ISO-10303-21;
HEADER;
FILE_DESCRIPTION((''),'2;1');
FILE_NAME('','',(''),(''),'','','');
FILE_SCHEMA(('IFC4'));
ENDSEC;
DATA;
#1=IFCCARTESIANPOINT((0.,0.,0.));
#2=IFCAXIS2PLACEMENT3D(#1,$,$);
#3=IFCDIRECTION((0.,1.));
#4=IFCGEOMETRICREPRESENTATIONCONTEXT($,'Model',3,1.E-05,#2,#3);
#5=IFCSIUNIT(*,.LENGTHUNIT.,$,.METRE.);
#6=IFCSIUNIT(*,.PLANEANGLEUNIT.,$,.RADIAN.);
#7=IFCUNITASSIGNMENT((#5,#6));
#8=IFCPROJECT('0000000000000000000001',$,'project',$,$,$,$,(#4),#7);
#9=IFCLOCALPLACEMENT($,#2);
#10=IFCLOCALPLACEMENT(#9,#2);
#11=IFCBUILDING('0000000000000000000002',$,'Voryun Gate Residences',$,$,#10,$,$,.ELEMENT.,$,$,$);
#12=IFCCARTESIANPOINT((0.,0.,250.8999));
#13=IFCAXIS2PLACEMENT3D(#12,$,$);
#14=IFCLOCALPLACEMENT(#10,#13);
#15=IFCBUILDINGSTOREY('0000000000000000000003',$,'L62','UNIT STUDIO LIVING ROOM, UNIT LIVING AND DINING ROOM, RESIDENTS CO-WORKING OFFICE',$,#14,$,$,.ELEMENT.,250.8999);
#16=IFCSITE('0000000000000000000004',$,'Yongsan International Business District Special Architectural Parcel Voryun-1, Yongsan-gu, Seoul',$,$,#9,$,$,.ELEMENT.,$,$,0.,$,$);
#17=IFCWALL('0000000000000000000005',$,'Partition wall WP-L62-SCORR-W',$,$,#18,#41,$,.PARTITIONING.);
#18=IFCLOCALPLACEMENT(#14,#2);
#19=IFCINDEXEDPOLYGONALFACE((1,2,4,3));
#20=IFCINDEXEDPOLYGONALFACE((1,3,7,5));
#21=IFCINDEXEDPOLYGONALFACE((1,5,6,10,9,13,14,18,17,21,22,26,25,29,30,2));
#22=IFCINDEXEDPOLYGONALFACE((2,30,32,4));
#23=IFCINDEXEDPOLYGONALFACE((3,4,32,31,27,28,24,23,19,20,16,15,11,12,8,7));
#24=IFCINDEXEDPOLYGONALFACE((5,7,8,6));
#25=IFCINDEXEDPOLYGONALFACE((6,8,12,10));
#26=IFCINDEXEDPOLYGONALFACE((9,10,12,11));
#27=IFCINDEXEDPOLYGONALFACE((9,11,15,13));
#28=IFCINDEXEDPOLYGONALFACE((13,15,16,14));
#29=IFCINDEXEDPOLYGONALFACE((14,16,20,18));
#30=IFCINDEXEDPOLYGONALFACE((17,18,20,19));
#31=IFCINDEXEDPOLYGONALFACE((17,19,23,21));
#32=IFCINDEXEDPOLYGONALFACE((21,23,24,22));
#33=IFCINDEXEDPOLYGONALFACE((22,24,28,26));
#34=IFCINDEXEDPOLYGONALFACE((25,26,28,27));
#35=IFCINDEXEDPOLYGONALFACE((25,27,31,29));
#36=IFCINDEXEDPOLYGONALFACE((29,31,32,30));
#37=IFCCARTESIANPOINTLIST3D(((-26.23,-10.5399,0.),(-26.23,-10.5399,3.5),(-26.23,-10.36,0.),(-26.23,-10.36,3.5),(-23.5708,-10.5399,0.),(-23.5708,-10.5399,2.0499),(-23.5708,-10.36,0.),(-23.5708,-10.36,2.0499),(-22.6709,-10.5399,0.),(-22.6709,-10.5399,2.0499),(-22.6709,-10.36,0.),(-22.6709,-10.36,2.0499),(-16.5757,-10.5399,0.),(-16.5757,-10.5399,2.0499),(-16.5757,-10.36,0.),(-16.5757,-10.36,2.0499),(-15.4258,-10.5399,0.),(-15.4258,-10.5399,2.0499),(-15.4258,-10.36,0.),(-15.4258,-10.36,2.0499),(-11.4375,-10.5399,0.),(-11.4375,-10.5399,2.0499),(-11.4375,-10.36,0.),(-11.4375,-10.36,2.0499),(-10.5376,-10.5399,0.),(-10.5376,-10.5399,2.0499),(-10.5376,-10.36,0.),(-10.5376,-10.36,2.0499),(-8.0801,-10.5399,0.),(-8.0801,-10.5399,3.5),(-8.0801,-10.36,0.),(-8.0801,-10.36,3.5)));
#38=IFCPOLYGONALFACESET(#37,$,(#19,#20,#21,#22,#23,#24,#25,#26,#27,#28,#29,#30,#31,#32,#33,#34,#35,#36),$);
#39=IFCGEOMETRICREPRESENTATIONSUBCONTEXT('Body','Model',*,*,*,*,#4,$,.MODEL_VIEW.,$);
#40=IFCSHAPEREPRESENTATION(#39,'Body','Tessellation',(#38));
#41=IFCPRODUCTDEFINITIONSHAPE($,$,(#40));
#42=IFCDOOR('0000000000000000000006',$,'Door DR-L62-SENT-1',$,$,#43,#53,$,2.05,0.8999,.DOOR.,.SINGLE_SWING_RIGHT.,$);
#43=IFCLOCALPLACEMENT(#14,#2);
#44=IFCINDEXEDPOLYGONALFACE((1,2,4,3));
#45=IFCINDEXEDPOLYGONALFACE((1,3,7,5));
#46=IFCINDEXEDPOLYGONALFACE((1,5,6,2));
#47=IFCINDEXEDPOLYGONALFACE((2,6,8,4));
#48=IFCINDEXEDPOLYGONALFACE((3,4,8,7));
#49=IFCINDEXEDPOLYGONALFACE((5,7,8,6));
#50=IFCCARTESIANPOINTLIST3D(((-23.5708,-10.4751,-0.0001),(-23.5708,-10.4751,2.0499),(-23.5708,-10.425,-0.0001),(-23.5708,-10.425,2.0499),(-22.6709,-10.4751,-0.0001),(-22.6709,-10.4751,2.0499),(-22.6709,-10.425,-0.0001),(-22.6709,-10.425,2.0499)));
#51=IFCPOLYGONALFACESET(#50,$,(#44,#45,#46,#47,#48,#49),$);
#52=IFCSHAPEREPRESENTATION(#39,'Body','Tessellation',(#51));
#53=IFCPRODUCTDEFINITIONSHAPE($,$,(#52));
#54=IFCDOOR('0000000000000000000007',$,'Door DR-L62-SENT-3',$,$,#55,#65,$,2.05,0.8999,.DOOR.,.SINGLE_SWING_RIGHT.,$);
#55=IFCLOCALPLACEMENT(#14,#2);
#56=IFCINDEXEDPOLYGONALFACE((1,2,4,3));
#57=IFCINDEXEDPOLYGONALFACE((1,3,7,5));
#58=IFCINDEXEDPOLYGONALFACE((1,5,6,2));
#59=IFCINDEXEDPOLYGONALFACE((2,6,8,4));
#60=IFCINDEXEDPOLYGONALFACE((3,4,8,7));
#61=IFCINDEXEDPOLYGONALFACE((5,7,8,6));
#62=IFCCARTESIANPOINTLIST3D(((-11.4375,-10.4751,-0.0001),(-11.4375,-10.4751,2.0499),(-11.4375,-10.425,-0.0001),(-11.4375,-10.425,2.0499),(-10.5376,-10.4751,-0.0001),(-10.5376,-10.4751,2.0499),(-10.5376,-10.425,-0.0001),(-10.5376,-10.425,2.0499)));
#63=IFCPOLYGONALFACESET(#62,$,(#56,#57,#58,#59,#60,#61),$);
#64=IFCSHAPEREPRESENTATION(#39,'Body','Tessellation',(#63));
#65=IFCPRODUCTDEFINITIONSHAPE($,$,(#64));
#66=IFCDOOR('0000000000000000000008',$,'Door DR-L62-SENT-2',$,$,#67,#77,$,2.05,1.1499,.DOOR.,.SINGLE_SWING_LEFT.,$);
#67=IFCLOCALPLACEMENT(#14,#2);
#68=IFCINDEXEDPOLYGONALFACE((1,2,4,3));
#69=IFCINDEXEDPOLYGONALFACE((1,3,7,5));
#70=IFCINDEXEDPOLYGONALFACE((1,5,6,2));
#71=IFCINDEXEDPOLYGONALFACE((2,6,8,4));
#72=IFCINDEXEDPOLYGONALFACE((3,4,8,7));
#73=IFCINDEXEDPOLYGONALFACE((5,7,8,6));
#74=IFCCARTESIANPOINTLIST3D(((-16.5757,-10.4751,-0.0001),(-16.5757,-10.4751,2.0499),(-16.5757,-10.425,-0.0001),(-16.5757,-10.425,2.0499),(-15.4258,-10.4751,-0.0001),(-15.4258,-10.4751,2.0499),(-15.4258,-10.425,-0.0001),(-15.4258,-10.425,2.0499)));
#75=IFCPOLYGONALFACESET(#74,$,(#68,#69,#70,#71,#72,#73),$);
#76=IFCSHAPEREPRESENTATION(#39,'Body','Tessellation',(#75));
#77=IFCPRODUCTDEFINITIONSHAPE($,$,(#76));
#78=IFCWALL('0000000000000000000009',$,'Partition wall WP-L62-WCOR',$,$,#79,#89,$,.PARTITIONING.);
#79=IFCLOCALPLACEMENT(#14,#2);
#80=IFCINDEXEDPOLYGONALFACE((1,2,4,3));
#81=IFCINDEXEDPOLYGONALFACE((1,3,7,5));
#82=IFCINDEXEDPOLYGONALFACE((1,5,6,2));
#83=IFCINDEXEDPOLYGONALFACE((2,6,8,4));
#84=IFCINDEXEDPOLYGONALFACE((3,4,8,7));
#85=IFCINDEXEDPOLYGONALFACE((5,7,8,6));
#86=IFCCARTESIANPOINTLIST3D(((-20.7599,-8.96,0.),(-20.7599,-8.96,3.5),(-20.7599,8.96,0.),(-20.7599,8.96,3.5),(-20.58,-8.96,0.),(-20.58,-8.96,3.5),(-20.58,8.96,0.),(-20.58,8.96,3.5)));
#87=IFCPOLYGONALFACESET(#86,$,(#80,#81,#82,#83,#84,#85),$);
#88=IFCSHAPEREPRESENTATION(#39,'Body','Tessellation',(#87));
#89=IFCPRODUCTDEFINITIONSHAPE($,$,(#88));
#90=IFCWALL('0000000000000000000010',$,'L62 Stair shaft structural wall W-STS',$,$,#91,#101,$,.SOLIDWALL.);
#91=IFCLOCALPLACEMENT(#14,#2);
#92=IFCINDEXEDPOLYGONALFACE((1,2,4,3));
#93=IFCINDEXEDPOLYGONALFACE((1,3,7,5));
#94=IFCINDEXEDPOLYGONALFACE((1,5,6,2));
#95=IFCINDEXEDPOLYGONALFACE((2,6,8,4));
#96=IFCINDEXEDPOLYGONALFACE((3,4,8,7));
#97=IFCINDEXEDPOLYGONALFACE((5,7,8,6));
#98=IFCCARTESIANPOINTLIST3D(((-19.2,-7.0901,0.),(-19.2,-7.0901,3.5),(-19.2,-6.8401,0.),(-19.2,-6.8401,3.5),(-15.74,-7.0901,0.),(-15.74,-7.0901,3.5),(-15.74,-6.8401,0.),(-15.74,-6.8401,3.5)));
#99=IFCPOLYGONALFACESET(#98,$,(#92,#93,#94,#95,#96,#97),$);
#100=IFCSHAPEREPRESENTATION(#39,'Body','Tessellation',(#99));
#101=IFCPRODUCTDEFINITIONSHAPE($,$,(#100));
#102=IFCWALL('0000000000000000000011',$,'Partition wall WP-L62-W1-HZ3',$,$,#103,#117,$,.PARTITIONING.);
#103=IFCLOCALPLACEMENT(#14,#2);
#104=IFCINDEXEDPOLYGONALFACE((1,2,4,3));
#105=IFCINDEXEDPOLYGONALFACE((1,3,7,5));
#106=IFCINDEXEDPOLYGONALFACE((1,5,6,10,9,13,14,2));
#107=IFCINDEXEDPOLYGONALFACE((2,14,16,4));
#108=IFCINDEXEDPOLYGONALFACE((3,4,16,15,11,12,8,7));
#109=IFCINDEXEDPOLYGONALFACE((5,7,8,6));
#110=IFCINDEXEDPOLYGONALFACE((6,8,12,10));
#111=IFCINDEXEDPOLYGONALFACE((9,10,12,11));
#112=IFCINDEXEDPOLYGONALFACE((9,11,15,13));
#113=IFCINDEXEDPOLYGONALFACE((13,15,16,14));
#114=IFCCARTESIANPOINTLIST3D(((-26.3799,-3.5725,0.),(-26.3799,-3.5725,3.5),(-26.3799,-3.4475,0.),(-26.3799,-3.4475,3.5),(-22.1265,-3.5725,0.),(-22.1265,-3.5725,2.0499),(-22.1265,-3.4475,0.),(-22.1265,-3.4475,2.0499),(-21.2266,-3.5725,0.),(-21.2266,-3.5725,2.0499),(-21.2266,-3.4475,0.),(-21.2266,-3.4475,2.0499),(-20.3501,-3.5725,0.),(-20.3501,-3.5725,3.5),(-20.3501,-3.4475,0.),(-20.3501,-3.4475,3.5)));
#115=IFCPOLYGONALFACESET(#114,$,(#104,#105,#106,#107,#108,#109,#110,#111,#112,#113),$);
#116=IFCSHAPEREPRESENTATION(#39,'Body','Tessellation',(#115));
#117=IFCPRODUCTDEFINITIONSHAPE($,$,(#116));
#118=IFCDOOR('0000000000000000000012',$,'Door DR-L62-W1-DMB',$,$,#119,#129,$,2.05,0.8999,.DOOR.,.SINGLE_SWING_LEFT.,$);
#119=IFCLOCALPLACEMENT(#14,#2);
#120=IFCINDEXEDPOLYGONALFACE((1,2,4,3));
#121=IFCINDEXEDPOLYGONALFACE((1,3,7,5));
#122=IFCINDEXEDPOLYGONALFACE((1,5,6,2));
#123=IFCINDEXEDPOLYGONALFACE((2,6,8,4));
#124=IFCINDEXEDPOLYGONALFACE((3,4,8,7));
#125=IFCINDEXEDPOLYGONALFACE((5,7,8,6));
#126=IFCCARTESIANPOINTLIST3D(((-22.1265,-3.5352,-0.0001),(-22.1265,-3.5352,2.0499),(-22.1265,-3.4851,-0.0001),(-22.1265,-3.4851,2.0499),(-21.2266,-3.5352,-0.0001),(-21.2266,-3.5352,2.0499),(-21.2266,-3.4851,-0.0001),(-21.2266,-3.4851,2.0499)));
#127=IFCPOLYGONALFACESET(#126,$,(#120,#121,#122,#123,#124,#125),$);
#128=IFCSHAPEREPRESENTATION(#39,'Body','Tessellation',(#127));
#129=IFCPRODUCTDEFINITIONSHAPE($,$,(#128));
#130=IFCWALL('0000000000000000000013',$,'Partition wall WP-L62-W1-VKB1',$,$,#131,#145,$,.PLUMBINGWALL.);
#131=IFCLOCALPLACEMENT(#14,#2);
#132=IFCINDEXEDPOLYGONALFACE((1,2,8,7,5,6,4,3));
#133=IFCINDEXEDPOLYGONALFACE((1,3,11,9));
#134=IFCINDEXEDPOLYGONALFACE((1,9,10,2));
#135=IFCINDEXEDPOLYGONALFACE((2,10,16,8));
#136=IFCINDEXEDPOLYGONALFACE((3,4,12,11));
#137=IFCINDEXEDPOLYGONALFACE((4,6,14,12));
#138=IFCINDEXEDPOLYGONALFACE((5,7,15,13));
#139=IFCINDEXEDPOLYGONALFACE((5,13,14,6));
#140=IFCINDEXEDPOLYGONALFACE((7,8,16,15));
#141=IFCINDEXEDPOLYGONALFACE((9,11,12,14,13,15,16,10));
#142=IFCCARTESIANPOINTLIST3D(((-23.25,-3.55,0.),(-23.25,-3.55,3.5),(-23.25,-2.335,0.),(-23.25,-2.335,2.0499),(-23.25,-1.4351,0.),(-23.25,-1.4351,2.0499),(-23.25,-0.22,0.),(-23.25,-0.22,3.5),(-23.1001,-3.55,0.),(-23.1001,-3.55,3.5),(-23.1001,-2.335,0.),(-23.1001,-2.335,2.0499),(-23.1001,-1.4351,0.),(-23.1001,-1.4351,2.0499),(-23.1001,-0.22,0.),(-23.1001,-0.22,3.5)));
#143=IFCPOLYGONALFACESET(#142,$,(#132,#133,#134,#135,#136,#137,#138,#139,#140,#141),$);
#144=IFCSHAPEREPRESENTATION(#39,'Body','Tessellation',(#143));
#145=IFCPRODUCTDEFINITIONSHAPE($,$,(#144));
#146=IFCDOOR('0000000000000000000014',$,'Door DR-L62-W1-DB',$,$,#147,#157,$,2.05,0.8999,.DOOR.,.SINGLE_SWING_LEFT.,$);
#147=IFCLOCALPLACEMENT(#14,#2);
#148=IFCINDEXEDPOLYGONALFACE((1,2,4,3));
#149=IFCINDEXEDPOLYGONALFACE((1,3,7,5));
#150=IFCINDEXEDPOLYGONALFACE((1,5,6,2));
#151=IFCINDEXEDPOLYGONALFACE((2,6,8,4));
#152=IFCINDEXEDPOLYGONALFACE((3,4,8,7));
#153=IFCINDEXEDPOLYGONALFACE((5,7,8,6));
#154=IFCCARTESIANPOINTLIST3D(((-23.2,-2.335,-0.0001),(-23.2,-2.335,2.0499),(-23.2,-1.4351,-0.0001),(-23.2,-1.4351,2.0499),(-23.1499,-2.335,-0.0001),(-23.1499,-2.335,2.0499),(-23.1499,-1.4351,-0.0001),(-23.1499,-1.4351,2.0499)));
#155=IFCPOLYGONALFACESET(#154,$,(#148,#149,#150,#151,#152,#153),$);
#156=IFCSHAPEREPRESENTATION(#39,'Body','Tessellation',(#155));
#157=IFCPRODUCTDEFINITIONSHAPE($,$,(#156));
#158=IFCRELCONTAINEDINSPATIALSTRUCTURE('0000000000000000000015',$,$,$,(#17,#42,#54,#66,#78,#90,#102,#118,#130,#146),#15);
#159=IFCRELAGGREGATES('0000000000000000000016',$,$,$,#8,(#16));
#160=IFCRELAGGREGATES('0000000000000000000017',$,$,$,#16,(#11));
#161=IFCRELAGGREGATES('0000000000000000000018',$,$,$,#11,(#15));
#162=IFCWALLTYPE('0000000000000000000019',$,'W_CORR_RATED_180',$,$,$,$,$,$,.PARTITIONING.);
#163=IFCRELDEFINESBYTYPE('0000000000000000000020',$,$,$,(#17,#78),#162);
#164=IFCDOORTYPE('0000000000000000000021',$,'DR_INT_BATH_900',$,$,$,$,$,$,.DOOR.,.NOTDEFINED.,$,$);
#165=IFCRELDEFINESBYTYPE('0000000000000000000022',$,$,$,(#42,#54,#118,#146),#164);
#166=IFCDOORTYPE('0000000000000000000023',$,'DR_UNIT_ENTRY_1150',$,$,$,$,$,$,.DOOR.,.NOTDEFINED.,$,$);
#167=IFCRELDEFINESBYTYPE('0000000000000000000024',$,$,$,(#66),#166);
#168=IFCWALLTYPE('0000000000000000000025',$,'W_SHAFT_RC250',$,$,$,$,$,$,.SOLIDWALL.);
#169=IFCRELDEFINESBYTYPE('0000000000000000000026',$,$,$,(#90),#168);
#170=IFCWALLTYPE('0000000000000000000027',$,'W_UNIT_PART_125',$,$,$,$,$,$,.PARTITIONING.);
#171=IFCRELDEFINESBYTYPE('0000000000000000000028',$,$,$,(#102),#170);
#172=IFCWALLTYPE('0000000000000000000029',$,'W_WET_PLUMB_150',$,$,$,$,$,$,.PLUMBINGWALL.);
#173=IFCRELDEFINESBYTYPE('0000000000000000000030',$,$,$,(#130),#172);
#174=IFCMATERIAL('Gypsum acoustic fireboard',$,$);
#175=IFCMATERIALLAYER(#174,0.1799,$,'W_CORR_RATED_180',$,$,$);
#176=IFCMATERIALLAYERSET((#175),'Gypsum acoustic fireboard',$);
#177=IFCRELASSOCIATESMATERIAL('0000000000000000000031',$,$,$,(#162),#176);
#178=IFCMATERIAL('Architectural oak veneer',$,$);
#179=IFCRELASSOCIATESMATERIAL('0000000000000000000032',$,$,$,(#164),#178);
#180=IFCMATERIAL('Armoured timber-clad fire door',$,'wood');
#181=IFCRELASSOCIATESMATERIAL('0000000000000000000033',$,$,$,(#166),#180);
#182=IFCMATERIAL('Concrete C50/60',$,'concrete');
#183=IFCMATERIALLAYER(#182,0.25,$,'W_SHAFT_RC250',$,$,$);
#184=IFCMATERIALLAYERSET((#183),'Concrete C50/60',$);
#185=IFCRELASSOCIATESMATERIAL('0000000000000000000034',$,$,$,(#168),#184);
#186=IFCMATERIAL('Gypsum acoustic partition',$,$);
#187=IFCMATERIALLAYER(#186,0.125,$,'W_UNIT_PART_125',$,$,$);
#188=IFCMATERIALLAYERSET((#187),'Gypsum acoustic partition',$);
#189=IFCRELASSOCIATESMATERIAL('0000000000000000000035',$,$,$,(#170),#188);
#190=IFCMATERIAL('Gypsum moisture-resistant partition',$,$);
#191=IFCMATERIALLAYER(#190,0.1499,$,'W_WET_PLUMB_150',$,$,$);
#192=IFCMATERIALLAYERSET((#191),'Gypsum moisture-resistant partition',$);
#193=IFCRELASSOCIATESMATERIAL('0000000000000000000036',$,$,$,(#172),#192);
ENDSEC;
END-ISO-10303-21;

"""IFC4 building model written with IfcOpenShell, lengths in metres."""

from ifc_helpers import new_model, si_unit, direction, frame, frame_2d, origin, place, context, subcontext, project, spatial, rectangle, extrude, material, layer, layer_set, type_object, element, fill, save


model = new_model("IFC4")

# Units and contexts
model_context = context("Model", 3, precision=1e-05, world=origin(), true_north=direction((0.0, 1.0)))
body_context = subcontext(model_context, "Body", "Model", "MODEL_VIEW")
ifc_project = project(units=[si_unit("LENGTHUNIT", "METRE"), si_unit("PLANEANGLEUNIT", "RADIAN")], contexts=[model_context])

# Site, building, storey
site_placement = place(None, origin())
site = spatial("IfcSite", under=ifc_project, at=site_placement, Name="Yongsan International Business District Special Architectural Parcel Voryun-1, Yongsan-gu, Seoul", CompositionType="ELEMENT", RefElevation=0.0)
building_placement = place(site_placement, origin())
building = spatial("IfcBuilding", under=site, at=building_placement, Name="Voryun Gate Residences", CompositionType="ELEMENT")
storey_placement = place(building_placement, frame((0.0, 0.0, 250.8999)))
storey = spatial("IfcBuildingStorey", under=building, at=storey_placement, Name="L62", Description="UNIT STUDIO LIVING ROOM, UNIT LIVING AND DINING ROOM, RESIDENTS CO-WORKING OFFICE", CompositionType="ELEMENT", Elevation=250.8999)

# Shared definitions
ifc_material_1 = material(Name="Gypsum acoustic fireboard")
ifc_layer_1 = layer(ifc_material_1, 0.1799, Name="W_CORR_RATED_180")
ifc_layer_set_1 = layer_set([ifc_layer_1], Name="Gypsum acoustic fireboard")
wall_type_1 = type_object("IfcWallType", Name="W_CORR_RATED_180", PredefinedType="PARTITIONING", material=ifc_layer_set_1)

# Wall, openings, doors
wall_1_placement = place(storey_placement, frame((-26.23, -10.45, 0.0), z_axis=(0.0, 0.0, 1.0), x_axis=(1.0, 0.0, 0.0)))
wall_1 = element("IfcWall", 1, at=wall_1_placement, inside=storey, type_object=wall_type_1, Name="Partition wall WP-L62-SCORR-W", PredefinedType="PARTITIONING", context=body_context, shape_type="SweptSolid", body=[
    extrude(rectangle(XDim=18.1499, YDim=0.1799, at=frame_2d((9.075, 0.0))), origin(), (0.0, 0.0, 1.0), 3.5),
])
opening_1_placement = place(wall_1_placement, frame((2.6592, 0.0, 0.0)))
opening_1 = element("IfcOpeningElement", 2, at=opening_1_placement, cuts=wall_1, PredefinedType="OPENING", context=body_context, shape_type="SweptSolid", body=[
    extrude(rectangle(XDim=0.8999, YDim=2.05, at=frame_2d((0.45, 1.0249))), frame((0.0, 0.0999, 0.0), z_axis=(0.0, -1.0, 0.0), x_axis=(1.0, 0.0, 0.0)), (0.0, 0.0, 1.0), 0.2),
])
opening_2_placement = place(wall_1_placement, frame((9.6543, 0.0, 0.0)))
opening_2 = element("IfcOpeningElement", 3, at=opening_2_placement, cuts=wall_1, PredefinedType="OPENING", context=body_context, shape_type="SweptSolid", body=[
    extrude(rectangle(XDim=1.1499, YDim=2.05, at=frame_2d((0.575, 1.0249))), frame((0.0, 0.0999, 0.0), z_axis=(0.0, -1.0, 0.0), x_axis=(1.0, 0.0, 0.0)), (0.0, 0.0, 1.0), 0.2),
])
opening_3_placement = place(wall_1_placement, frame((14.7925, 0.0, 0.0)))
opening_3 = element("IfcOpeningElement", 4, at=opening_3_placement, cuts=wall_1, PredefinedType="OPENING", context=body_context, shape_type="SweptSolid", body=[
    extrude(rectangle(XDim=0.8999, YDim=2.05, at=frame_2d((0.45, 1.0249))), frame((0.0, 0.0999, 0.0), z_axis=(0.0, -1.0, 0.0), x_axis=(1.0, 0.0, 0.0)), (0.0, 0.0, 1.0), 0.2),
])
ifc_material_2 = material(Name="Architectural oak veneer")
door_type_1 = type_object("IfcDoorType", Name="DR_INT_BATH_900", OperationType="NOTDEFINED", PredefinedType="DOOR", material=ifc_material_2)
door_1_placement = place(opening_1_placement, origin())
door_1 = element("IfcDoor", 5, at=door_1_placement, inside=storey, type_object=door_type_1, Name="Door DR-L62-SENT-1", OperationType="SINGLE_SWING_RIGHT", OverallHeight=2.05, OverallWidth=0.8999, PredefinedType="DOOR", context=body_context, shape_type="SweptSolid", body=[
    extrude(rectangle(XDim=0.8999, YDim=2.05, at=frame_2d((0.45, 1.0249))), frame((0.0, 0.0249, 0.0), z_axis=(0.0, -1.0, 0.0), x_axis=(1.0, 0.0, 0.0)), (0.0, 0.0, 1.0), 0.05),
])
fill(opening_1, door_1)
door_2_placement = place(opening_3_placement, origin())
door_2 = element("IfcDoor", 6, at=door_2_placement, inside=storey, type_object=door_type_1, Name="Door DR-L62-SENT-3", OperationType="SINGLE_SWING_RIGHT", OverallHeight=2.05, OverallWidth=0.8999, PredefinedType="DOOR", context=body_context, shape_type="SweptSolid", body=[
    extrude(rectangle(XDim=0.8999, YDim=2.05, at=frame_2d((0.45, 1.0249))), frame((0.0, 0.0249, 0.0), z_axis=(0.0, -1.0, 0.0), x_axis=(1.0, 0.0, 0.0)), (0.0, 0.0, 1.0), 0.05),
])
fill(opening_3, door_2)
ifc_material_3 = material(Name="Armoured timber-clad fire door", Category="wood")
door_type_2 = type_object("IfcDoorType", Name="DR_UNIT_ENTRY_1150", OperationType="NOTDEFINED", PredefinedType="DOOR", material=ifc_material_3)
door_3_placement = place(opening_2_placement, origin())
door_3 = element("IfcDoor", 7, at=door_3_placement, inside=storey, type_object=door_type_2, Name="Door DR-L62-SENT-2", OperationType="SINGLE_SWING_LEFT", OverallHeight=2.05, OverallWidth=1.1499, PredefinedType="DOOR", context=body_context, shape_type="SweptSolid", body=[
    extrude(rectangle(XDim=1.1499, YDim=2.05, at=frame_2d((0.575, 1.0249))), frame((0.0, 0.0249, 0.0), z_axis=(0.0, -1.0, 0.0), x_axis=(1.0, 0.0, 0.0)), (0.0, 0.0, 1.0), 0.05),
])
fill(opening_2, door_3)

# Walls
wall_2_placement = place(storey_placement, frame((-20.6699, -8.96, 0.0), z_axis=(0.0, 0.0, 1.0), x_axis=(0.0, 1.0, 0.0)))
element("IfcWall", 8, at=wall_2_placement, inside=storey, type_object=wall_type_1, Name="Partition wall WP-L62-WCOR", PredefinedType="PARTITIONING", context=body_context, shape_type="SweptSolid", body=[
    extrude(rectangle(XDim=17.9199, YDim=0.1799, at=frame_2d((8.96, 0.0))), origin(), (0.0, 0.0, 1.0), 3.5),
])
ifc_material_4 = material(Name="Concrete C50/60", Category="concrete")
ifc_layer_2 = layer(ifc_material_4, 0.25, Name="W_SHAFT_RC250")
ifc_layer_set_2 = layer_set([ifc_layer_2], Name="Concrete C50/60")
wall_type_2 = type_object("IfcWallType", Name="W_SHAFT_RC250", PredefinedType="SOLIDWALL", material=ifc_layer_set_2)
wall_3_placement = place(storey_placement, frame((-19.2, -6.9651, 0.0), z_axis=(0.0, 0.0, 1.0), x_axis=(1.0, 0.0, 0.0)))
element("IfcWall", 9, at=wall_3_placement, inside=storey, type_object=wall_type_2, Name="L62 Stair shaft structural wall W-STS", PredefinedType="SOLIDWALL", context=body_context, shape_type="SweptSolid", body=[
    extrude(rectangle(XDim=3.46, YDim=0.25, at=frame_2d((1.73, 0.0))), origin(), (0.0, 0.0, 1.0), 3.5),
])

# Walls, openings, doors
ifc_material_5 = material(Name="Gypsum acoustic partition")
ifc_layer_3 = layer(ifc_material_5, 0.125, Name="W_UNIT_PART_125")
ifc_layer_set_3 = layer_set([ifc_layer_3], Name="Gypsum acoustic partition")
wall_type_3 = type_object("IfcWallType", Name="W_UNIT_PART_125", PredefinedType="PARTITIONING", material=ifc_layer_set_3)
wall_4_placement = place(storey_placement, frame((-26.3799, -3.51, 0.0), z_axis=(0.0, 0.0, 1.0), x_axis=(1.0, 0.0, 0.0)))
wall_4 = element("IfcWall", 10, at=wall_4_placement, inside=storey, type_object=wall_type_3, Name="Partition wall WP-L62-W1-HZ3", PredefinedType="PARTITIONING", context=body_context, shape_type="SweptSolid", body=[
    extrude(rectangle(XDim=6.0298, YDim=0.125, at=frame_2d((3.0149, 0.0))), origin(), (0.0, 0.0, 1.0), 3.5),
])
opening_4_placement = place(wall_4_placement, frame((4.2534, 0.0, 0.0)))
opening_4 = element("IfcOpeningElement", 11, at=opening_4_placement, cuts=wall_4, PredefinedType="OPENING", context=body_context, shape_type="SweptSolid", body=[
    extrude(rectangle(XDim=0.8999, YDim=2.05, at=frame_2d((0.45, 1.0249))), frame((0.0, 0.0725, 0.0), z_axis=(0.0, -1.0, 0.0), x_axis=(1.0, 0.0, 0.0)), (0.0, 0.0, 1.0), 0.145),
])
door_4_placement = place(opening_4_placement, origin())
door_4 = element("IfcDoor", 12, at=door_4_placement, inside=storey, type_object=door_type_1, Name="Door DR-L62-W1-DMB", OperationType="SINGLE_SWING_LEFT", OverallHeight=2.05, OverallWidth=0.8999, PredefinedType="DOOR", context=body_context, shape_type="SweptSolid", body=[
    extrude(rectangle(XDim=0.8999, YDim=2.05, at=frame_2d((0.45, 1.0249))), frame((0.0, 0.0249, 0.0), z_axis=(0.0, -1.0, 0.0), x_axis=(1.0, 0.0, 0.0)), (0.0, 0.0, 1.0), 0.05),
])
fill(opening_4, door_4)
ifc_material_6 = material(Name="Gypsum moisture-resistant partition")
ifc_layer_4 = layer(ifc_material_6, 0.1499, Name="W_WET_PLUMB_150")
ifc_layer_set_4 = layer_set([ifc_layer_4], Name="Gypsum moisture-resistant partition")
wall_type_4 = type_object("IfcWallType", Name="W_WET_PLUMB_150", PredefinedType="PLUMBINGWALL", material=ifc_layer_set_4)
wall_5_placement = place(storey_placement, frame((-23.175, -3.55, 0.0), z_axis=(0.0, 0.0, 1.0), x_axis=(0.0, 1.0, 0.0)))
wall_5 = element("IfcWall", 13, at=wall_5_placement, inside=storey, type_object=wall_type_4, Name="Partition wall WP-L62-W1-VKB1", PredefinedType="PLUMBINGWALL", context=body_context, shape_type="SweptSolid", body=[
    extrude(rectangle(XDim=3.3301, YDim=0.1499, at=frame_2d((1.665, 0.0))), origin(), (0.0, 0.0, 1.0), 3.5),
])
opening_5_placement = place(wall_5_placement, frame((1.2151, 0.0, 0.0)))
opening_5 = element("IfcOpeningElement", 14, at=opening_5_placement, cuts=wall_5, PredefinedType="OPENING", context=body_context, shape_type="SweptSolid", body=[
    extrude(rectangle(XDim=0.8999, YDim=2.05, at=frame_2d((0.45, 1.0249))), frame((0.0, 0.085, 0.0), z_axis=(0.0, -1.0, 0.0), x_axis=(1.0, 0.0, 0.0)), (0.0, 0.0, 1.0), 0.1699),
])
door_5_placement = place(opening_5_placement, origin())
door_5 = element("IfcDoor", 15, at=door_5_placement, inside=storey, type_object=door_type_1, Name="Door DR-L62-W1-DB", OperationType="SINGLE_SWING_LEFT", OverallHeight=2.05, OverallWidth=0.8999, PredefinedType="DOOR", context=body_context, shape_type="SweptSolid", body=[
    extrude(rectangle(XDim=0.8999, YDim=2.05, at=frame_2d((0.45, 1.0249))), frame((0.0, 0.0249, 0.0), z_axis=(0.0, -1.0, 0.0), x_axis=(1.0, 0.0, 0.0)), (0.0, 0.0, 1.0), 0.05),
])
fill(opening_5, door_5)

save(model, "model.ifc")
